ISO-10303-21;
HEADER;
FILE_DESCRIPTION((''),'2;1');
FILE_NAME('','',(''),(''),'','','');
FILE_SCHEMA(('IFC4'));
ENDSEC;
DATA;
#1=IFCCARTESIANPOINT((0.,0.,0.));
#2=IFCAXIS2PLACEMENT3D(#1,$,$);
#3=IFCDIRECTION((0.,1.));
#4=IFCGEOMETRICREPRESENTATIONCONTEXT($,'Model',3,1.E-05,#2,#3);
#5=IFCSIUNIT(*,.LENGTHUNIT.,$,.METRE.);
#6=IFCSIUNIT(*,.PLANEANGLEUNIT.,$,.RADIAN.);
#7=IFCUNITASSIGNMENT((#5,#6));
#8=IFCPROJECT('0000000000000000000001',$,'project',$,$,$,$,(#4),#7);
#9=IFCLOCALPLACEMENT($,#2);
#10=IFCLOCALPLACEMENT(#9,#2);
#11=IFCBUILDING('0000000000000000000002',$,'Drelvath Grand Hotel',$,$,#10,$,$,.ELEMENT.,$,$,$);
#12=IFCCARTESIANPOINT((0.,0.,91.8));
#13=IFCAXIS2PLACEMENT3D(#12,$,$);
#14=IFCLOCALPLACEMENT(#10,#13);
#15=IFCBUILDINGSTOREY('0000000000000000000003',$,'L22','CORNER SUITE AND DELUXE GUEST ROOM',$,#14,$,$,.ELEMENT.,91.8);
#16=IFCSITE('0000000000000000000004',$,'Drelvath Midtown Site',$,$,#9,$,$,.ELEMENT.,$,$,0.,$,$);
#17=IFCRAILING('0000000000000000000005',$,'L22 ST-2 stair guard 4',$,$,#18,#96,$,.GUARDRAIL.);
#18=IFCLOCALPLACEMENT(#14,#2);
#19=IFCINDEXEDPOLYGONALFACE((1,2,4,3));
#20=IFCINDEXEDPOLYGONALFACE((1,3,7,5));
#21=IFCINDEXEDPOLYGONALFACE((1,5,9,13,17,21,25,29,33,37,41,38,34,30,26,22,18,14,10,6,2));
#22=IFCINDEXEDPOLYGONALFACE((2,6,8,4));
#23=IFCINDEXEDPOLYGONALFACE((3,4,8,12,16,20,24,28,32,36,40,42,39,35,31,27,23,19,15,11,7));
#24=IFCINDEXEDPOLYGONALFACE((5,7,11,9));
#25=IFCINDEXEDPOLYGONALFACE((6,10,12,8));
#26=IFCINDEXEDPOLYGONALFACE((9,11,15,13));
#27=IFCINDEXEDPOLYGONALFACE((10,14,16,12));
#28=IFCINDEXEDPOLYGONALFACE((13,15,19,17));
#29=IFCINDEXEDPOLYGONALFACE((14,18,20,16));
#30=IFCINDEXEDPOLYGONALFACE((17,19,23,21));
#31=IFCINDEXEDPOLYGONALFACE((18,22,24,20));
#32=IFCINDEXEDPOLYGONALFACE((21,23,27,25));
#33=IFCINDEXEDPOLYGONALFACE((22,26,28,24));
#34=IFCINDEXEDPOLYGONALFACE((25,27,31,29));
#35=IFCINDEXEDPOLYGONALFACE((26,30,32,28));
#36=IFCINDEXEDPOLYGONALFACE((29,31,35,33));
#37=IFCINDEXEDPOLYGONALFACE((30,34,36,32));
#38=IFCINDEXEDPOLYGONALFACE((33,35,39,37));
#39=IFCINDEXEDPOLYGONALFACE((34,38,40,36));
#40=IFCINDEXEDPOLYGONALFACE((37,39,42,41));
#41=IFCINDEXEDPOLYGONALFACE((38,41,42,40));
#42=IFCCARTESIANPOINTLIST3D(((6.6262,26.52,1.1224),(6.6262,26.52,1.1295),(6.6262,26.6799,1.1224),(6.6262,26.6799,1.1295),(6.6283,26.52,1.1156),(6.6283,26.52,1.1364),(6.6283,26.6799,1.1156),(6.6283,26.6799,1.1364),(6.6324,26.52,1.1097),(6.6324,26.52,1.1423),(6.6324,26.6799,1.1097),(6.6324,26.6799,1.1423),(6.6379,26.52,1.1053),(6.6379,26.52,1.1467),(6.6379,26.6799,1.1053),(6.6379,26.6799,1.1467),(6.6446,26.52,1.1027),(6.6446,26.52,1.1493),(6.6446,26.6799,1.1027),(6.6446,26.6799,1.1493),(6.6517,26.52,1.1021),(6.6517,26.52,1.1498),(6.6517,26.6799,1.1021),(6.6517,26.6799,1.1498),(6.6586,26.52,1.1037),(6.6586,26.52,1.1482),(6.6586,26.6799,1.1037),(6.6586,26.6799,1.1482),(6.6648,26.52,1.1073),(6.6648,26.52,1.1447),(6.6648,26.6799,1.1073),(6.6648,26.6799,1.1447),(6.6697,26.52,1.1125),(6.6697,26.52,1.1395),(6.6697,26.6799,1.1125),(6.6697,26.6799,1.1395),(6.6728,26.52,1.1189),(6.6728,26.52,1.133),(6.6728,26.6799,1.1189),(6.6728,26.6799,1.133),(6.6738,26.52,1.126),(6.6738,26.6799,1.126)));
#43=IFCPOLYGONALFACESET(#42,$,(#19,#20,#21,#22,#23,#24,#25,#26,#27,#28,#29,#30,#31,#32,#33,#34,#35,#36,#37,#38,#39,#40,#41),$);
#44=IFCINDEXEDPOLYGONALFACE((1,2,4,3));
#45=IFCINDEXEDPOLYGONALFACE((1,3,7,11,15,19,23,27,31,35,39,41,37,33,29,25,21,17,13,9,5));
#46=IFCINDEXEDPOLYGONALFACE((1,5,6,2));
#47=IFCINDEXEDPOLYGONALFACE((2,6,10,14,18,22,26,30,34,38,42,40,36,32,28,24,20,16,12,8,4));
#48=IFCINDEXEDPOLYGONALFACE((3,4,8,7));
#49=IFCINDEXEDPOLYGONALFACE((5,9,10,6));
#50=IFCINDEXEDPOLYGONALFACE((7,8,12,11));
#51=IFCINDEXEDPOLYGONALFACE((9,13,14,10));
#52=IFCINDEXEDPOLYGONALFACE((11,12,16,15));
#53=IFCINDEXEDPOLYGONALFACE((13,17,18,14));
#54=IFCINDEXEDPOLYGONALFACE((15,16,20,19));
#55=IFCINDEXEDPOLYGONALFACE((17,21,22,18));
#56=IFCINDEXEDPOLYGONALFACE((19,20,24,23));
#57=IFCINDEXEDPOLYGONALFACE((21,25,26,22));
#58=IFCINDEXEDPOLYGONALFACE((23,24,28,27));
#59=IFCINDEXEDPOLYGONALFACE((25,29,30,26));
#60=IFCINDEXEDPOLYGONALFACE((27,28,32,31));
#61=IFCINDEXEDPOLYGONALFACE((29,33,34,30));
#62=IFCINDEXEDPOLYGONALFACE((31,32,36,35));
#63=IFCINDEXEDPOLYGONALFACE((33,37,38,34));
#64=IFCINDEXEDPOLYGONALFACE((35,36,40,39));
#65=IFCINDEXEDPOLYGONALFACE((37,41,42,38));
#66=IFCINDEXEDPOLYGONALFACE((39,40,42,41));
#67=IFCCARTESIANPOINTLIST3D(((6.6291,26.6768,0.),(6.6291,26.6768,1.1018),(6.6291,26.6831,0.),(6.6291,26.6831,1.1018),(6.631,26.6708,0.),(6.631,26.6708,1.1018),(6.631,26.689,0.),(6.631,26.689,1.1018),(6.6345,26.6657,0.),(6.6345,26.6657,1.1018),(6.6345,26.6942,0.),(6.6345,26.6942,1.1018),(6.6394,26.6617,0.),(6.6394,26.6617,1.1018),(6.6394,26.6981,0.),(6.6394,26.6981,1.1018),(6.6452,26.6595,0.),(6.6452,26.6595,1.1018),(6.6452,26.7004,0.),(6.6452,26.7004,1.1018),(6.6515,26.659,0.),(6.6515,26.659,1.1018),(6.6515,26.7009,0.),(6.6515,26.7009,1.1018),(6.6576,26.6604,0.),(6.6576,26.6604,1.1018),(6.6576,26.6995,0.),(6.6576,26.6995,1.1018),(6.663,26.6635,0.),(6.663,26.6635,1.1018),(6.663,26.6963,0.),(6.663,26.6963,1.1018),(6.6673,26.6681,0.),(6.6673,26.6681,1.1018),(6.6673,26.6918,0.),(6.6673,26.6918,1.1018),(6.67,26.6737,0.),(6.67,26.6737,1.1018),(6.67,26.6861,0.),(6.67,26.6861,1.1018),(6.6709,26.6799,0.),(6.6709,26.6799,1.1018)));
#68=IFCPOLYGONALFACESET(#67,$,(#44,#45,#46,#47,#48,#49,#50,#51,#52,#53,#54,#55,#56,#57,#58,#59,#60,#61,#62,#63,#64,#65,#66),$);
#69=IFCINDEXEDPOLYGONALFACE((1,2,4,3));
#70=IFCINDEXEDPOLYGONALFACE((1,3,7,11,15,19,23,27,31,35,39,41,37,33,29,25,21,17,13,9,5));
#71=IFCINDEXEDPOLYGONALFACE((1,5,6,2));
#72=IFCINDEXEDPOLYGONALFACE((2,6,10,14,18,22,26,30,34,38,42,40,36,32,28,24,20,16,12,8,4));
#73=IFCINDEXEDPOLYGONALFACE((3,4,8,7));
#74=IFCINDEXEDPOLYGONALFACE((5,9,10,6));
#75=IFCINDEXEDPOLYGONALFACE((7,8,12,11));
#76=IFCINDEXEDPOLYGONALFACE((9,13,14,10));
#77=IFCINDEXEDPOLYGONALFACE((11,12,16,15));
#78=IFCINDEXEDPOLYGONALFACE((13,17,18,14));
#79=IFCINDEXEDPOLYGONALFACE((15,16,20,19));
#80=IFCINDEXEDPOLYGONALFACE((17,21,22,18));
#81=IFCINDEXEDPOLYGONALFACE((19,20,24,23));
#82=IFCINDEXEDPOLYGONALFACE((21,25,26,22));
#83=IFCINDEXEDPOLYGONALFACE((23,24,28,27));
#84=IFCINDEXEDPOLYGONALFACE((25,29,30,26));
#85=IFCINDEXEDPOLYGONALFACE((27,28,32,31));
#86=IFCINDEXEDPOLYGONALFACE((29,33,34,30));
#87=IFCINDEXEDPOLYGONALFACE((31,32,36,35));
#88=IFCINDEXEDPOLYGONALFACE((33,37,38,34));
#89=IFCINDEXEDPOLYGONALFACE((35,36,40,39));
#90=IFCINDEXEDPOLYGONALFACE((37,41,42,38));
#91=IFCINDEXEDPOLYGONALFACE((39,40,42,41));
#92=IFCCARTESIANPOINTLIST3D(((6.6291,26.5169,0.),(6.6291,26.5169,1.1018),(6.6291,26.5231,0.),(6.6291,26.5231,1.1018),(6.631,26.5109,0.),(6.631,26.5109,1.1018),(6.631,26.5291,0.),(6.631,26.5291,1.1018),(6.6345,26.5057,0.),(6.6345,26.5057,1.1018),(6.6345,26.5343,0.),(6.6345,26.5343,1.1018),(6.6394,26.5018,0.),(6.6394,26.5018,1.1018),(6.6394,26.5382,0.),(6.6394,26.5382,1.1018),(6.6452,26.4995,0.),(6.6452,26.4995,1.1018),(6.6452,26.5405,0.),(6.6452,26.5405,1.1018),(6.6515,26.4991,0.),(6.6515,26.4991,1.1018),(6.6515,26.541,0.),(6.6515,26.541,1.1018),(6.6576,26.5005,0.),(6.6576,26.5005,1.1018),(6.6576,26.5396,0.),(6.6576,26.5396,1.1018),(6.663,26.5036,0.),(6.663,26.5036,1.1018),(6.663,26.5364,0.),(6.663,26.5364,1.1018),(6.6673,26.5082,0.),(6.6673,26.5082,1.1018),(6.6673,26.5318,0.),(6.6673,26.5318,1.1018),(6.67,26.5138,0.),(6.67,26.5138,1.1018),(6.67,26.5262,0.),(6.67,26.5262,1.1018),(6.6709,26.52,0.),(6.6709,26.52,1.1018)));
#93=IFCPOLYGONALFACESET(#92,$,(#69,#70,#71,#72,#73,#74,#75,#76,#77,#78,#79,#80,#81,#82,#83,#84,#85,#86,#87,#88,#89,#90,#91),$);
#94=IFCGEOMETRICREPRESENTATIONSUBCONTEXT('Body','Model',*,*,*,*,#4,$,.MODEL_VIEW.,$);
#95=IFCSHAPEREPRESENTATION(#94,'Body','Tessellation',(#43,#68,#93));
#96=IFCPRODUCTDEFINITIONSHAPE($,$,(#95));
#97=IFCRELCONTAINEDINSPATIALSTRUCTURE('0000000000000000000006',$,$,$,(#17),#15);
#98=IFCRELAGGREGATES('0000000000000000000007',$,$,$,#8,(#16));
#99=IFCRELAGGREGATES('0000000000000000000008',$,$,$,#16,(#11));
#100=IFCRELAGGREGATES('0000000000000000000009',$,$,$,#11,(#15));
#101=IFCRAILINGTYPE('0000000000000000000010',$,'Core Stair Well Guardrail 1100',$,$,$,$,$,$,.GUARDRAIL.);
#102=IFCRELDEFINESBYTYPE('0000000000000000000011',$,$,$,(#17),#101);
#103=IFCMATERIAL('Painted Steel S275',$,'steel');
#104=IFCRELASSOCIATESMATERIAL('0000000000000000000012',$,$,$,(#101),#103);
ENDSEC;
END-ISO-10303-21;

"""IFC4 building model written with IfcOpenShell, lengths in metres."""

from ifc_helpers import new_model, si_unit, direction, frame, origin, origin_2d, place, context, subcontext, project, spatial, circle, extrude, material, type_object, element, save


model = new_model("IFC4")

# Units and contexts
model_context = context("Model", 3, precision=1e-05, world=origin(), true_north=direction((0.0, 1.0)))
body_context = subcontext(model_context, "Body", "Model", "MODEL_VIEW")
ifc_project = project(units=[si_unit("LENGTHUNIT", "METRE"), si_unit("PLANEANGLEUNIT", "RADIAN")], contexts=[model_context])

# Site, building, storey
site_placement = place(None, origin())
site = spatial("IfcSite", under=ifc_project, at=site_placement, Name="Drelvath Midtown Site", CompositionType="ELEMENT", RefElevation=0.0)
building_placement = place(site_placement, origin())
building = spatial("IfcBuilding", under=site, at=building_placement, Name="Drelvath Grand Hotel", CompositionType="ELEMENT")
storey_placement = place(building_placement, frame((0.0, 0.0, 91.8)))
storey = spatial("IfcBuildingStorey", under=building, at=storey_placement, Name="L22", Description="CORNER SUITE AND DELUXE GUEST ROOM", CompositionType="ELEMENT", Elevation=91.8)

# Shared definitions
ifc_material_1 = material(Name="Painted Steel S275", Category="steel")

# Railing
railing_type_1 = type_object("IfcRailingType", Name="Core Stair Well Guardrail 1100", PredefinedType="GUARDRAIL", material=ifc_material_1)
railing_1_placement = place(storey_placement, frame((6.6499, 26.6799, 0.0)))
element("IfcRailing", 1, at=railing_1_placement, inside=storey, type_object=railing_type_1, Name="L22 ST-2 stair guard 4", PredefinedType="GUARDRAIL", context=body_context, shape_type="SweptSolid", body=[
    extrude(circle(Radius=0.0239, at=origin_2d()), frame((0.0, 0.0, 1.126), z_axis=(0.0, -1.0, 0.0), x_axis=(1.0, 0.0, 0.0)), (0.0, 0.0, 1.0), 0.1599),
    extrude(circle(Radius=0.021, at=origin_2d()), origin(), (0.0, 0.0, 1.0), 1.1018),
    extrude(circle(Radius=0.021, at=origin_2d()), frame((0.0, -0.1599, 0.0)), (0.0, 0.0, 1.0), 1.1018),
])

save(model, "model.ifc")
